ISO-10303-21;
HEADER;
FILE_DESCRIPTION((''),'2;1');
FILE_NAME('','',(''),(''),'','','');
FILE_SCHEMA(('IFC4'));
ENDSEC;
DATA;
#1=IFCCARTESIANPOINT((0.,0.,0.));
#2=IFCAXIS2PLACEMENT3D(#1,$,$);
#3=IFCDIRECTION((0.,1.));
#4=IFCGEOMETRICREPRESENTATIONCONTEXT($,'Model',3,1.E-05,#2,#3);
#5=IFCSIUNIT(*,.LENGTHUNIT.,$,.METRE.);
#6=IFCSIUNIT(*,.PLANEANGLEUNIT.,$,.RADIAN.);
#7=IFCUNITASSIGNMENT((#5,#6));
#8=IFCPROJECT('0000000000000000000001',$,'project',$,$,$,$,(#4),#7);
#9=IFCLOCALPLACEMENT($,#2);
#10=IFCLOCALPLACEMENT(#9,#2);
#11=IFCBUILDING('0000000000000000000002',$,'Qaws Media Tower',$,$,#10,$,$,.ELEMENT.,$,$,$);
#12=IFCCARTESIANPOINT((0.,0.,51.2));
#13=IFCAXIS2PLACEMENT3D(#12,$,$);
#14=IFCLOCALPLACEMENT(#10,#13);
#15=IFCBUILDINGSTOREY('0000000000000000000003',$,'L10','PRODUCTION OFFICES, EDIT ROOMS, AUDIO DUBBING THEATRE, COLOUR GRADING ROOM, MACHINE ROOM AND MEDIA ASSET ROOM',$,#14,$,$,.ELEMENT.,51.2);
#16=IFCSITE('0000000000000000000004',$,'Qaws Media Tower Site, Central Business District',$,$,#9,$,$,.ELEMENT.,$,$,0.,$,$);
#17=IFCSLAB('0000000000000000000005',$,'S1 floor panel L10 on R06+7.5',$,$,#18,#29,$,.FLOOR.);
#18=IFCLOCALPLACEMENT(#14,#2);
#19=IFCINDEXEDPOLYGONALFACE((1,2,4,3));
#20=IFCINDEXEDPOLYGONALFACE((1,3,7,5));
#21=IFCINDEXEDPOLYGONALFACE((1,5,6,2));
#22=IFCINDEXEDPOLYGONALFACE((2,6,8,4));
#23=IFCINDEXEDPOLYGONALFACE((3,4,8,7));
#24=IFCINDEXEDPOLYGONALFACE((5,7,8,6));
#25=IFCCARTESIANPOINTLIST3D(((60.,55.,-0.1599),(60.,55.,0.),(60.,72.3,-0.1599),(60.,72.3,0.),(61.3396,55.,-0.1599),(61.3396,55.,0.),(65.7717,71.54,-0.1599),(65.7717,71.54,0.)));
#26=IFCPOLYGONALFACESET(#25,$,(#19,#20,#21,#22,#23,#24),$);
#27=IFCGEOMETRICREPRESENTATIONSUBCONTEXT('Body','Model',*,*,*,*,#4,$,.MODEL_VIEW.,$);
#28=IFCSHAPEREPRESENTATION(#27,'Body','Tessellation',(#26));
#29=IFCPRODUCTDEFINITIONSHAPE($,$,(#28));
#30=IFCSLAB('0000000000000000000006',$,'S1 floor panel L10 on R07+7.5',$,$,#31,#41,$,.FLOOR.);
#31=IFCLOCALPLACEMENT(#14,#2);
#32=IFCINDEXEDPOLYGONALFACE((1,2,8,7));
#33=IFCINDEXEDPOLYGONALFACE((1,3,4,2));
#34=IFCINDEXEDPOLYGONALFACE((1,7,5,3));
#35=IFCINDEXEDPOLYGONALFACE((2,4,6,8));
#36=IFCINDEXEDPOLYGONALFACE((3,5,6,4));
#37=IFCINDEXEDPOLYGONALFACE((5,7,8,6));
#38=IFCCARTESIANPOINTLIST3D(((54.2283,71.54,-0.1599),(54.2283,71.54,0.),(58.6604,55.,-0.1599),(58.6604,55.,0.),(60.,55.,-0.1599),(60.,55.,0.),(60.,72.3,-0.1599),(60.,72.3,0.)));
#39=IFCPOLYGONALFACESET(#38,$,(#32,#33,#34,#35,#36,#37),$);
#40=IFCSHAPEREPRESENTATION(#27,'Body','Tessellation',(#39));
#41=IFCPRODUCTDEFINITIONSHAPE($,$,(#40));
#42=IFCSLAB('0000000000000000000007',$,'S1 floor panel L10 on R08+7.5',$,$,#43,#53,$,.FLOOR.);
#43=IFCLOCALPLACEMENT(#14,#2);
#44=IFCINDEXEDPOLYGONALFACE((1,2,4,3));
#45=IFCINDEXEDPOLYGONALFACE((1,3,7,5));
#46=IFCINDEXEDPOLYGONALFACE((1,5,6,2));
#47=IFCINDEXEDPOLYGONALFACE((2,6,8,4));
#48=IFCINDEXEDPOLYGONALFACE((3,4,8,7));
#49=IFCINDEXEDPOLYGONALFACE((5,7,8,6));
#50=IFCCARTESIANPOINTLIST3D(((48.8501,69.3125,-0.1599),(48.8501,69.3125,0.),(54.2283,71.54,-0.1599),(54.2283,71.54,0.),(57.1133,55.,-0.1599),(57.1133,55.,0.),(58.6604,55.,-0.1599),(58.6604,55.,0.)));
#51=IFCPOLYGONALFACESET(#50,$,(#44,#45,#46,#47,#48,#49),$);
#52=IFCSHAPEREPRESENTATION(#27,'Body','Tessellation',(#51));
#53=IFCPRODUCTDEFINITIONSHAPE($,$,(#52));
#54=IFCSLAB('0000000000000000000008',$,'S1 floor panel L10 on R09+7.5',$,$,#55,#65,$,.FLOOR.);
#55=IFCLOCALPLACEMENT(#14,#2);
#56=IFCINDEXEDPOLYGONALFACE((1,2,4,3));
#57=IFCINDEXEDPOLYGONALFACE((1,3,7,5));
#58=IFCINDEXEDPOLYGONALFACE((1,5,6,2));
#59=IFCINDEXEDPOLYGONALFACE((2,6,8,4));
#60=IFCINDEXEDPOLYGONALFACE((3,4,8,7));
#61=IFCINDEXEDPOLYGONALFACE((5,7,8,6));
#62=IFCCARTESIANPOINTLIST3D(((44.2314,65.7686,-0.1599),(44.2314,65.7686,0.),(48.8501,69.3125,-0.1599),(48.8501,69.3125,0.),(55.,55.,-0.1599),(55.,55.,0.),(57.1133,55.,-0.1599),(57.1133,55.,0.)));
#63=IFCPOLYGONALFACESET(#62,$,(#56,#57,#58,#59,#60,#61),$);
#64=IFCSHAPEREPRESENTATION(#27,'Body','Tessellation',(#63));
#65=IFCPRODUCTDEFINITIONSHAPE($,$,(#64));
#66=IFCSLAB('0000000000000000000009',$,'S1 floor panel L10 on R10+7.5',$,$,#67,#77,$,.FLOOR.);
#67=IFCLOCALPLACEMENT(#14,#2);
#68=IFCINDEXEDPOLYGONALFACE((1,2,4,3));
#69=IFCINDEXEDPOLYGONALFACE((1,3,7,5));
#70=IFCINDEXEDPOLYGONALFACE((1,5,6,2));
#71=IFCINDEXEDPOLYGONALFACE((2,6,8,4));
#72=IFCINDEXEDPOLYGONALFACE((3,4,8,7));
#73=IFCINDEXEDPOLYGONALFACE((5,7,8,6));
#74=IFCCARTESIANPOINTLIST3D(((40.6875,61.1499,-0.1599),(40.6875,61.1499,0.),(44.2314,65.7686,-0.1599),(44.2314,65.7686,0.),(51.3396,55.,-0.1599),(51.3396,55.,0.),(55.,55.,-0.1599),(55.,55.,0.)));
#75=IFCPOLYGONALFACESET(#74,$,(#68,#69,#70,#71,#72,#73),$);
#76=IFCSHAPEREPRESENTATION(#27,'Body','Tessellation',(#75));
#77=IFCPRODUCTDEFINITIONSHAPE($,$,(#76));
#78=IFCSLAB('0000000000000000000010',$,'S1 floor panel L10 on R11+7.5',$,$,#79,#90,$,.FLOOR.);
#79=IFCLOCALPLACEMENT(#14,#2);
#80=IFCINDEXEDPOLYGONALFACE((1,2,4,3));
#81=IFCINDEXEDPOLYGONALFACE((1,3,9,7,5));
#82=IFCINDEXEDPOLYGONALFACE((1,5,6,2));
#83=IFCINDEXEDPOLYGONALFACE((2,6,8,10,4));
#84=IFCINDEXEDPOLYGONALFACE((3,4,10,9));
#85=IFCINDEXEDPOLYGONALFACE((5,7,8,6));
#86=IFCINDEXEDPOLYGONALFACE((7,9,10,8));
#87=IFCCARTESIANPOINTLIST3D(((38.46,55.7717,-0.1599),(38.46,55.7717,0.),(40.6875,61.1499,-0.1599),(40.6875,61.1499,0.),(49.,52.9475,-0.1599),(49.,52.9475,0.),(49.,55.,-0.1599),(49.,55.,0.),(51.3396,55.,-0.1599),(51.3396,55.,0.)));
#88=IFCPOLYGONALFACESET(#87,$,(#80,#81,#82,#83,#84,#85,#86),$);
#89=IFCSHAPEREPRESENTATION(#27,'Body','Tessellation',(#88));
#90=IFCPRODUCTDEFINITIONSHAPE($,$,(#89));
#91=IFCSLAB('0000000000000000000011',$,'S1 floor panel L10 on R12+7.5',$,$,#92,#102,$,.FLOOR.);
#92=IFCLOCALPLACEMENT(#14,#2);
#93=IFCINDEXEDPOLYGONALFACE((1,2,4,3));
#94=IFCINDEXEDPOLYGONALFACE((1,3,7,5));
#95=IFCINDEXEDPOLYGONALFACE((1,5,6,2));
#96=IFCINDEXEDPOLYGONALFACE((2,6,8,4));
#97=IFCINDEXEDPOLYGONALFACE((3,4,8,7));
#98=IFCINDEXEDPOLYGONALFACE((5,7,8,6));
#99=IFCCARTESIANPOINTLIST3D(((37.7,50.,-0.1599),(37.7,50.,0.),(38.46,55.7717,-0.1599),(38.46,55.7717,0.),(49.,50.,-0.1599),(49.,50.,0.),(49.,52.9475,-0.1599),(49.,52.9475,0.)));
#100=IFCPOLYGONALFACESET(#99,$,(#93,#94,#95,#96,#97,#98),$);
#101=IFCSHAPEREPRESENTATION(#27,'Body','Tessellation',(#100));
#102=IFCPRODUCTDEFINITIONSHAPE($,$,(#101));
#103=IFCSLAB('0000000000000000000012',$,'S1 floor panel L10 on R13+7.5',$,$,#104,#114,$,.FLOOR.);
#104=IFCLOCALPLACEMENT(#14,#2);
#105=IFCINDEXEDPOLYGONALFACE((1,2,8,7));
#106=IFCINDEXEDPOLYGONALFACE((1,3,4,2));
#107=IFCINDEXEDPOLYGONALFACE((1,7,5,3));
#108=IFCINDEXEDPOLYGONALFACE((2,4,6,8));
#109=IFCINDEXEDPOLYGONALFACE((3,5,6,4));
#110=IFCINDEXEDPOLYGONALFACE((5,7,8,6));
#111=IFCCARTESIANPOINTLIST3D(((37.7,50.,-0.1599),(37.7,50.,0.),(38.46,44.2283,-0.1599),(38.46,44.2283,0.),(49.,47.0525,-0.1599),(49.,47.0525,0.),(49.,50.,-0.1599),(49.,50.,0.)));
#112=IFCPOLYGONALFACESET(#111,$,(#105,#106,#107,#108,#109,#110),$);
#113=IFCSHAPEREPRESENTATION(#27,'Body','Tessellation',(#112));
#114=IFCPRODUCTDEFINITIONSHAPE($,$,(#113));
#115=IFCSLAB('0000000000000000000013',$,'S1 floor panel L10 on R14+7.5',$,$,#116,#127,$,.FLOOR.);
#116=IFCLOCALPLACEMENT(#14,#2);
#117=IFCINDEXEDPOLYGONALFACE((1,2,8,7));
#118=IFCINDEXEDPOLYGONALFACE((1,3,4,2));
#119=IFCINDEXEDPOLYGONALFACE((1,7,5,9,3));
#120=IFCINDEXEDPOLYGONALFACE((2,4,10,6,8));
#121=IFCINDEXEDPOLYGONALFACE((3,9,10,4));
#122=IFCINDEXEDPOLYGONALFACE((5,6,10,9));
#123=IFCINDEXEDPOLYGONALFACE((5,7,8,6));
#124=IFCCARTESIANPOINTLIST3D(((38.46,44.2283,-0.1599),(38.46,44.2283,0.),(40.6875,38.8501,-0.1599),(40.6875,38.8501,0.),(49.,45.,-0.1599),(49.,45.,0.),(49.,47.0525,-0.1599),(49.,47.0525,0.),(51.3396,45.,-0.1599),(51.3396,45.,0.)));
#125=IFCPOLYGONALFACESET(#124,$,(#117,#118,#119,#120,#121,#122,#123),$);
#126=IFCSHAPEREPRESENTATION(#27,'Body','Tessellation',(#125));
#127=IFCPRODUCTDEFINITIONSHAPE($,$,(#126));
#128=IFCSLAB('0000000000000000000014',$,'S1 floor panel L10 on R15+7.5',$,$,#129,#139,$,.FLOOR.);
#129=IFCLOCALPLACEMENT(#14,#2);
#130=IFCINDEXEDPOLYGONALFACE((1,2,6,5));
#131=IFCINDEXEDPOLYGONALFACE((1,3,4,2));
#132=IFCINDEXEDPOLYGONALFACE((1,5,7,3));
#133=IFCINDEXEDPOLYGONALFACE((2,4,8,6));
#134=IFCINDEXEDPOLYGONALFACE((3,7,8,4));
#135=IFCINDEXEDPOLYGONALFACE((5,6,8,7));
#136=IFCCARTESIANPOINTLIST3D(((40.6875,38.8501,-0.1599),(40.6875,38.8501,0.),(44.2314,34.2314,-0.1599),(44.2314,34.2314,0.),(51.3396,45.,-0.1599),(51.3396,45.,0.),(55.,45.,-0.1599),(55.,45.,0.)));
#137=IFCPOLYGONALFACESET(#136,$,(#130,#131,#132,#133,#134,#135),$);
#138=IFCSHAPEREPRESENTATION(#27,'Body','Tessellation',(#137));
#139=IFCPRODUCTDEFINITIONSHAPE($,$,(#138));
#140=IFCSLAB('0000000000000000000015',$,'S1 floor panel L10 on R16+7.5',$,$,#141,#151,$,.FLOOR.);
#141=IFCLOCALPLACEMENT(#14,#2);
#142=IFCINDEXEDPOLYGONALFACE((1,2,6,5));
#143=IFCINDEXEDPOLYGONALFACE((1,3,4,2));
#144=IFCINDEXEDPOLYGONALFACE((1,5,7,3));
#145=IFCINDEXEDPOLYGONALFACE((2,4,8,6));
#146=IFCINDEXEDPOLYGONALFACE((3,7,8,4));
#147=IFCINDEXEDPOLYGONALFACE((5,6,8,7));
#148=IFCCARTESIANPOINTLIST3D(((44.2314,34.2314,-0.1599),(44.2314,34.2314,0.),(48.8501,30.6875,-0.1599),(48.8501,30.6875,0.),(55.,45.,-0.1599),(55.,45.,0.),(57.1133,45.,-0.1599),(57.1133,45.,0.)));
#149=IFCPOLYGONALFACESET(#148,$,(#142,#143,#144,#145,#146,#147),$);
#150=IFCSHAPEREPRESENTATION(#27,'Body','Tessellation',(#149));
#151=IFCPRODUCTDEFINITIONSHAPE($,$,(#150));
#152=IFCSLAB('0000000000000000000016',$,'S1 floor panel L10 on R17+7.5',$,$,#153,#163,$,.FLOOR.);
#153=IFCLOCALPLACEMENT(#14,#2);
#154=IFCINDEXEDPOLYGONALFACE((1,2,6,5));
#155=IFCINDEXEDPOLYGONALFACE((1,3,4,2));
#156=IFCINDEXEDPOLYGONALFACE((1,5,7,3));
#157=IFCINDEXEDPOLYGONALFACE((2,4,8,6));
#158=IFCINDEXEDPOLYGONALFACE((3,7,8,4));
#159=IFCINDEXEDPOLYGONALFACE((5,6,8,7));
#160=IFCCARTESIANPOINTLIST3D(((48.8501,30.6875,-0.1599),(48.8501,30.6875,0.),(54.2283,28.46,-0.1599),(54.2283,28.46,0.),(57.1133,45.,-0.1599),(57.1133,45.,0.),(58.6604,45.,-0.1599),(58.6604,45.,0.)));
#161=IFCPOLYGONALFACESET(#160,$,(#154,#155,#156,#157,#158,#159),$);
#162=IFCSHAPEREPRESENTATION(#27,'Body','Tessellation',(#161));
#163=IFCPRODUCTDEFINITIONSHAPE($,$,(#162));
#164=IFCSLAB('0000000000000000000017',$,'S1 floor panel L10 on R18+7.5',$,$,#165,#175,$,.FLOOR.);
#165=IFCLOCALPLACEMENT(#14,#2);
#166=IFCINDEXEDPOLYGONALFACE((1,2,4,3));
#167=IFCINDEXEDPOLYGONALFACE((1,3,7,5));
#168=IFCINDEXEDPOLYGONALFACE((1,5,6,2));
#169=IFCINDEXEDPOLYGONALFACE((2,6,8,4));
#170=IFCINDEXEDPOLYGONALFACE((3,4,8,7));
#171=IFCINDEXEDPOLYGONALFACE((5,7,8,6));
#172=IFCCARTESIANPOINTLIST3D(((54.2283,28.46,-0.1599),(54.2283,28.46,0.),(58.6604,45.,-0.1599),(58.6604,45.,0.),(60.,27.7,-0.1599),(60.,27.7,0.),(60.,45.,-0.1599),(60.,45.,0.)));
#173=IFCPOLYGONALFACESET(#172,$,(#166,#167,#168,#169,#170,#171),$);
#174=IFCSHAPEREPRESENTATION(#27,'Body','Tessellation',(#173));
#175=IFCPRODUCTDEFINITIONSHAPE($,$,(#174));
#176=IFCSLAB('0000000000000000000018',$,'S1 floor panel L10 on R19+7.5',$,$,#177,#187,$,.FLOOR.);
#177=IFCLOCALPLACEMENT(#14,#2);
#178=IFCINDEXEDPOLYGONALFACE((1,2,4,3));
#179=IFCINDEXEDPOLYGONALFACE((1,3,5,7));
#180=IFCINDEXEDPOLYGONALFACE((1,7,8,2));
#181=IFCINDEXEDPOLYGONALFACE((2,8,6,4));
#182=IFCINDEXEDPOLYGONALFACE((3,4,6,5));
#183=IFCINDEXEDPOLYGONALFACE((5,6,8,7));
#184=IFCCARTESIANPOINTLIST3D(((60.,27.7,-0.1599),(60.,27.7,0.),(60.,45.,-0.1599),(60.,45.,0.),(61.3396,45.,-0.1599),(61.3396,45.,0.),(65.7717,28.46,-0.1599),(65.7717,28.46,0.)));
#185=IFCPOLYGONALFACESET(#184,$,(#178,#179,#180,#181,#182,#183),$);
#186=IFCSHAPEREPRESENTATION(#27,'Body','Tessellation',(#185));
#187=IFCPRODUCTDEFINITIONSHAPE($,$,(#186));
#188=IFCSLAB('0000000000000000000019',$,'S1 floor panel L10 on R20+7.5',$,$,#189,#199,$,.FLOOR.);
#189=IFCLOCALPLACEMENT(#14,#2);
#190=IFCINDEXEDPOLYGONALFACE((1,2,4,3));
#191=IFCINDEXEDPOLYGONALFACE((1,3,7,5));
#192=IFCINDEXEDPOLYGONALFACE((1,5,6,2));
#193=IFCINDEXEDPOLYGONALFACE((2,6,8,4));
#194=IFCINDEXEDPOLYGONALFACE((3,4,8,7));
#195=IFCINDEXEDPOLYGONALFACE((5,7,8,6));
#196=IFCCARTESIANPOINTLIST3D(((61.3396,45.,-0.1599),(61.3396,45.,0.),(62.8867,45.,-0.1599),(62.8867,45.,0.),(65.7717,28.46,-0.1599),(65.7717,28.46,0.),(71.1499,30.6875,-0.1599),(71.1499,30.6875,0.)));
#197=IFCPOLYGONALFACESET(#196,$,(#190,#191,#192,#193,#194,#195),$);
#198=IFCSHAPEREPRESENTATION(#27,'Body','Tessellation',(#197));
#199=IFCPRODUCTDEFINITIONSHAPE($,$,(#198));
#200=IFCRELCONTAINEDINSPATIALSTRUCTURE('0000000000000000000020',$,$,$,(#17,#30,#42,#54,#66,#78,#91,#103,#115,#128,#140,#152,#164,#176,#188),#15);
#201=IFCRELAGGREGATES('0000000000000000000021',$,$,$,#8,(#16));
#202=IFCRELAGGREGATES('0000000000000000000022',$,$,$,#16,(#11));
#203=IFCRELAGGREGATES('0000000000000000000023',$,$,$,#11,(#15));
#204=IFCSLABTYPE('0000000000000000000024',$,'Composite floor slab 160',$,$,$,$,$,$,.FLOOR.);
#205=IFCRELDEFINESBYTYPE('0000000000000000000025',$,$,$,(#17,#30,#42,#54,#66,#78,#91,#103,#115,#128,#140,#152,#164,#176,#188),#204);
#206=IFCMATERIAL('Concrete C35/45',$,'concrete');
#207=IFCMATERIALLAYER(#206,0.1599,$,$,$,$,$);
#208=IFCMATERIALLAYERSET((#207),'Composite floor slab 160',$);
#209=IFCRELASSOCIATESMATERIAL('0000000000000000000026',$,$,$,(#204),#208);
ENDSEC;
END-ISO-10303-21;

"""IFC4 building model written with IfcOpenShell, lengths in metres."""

from ifc_helpers import new_model, si_unit, direction, frame, origin, place, context, subcontext, project, spatial, polyline, outline, extrude, material, layer, layer_set, type_object, element, save


model = new_model("IFC4")

# Units and contexts
model_context = context("Model", 3, precision=1e-05, world=origin(), true_north=direction((0.0, 1.0)))
body_context = subcontext(model_context, "Body", "Model", "MODEL_VIEW")
ifc_project = project(units=[si_unit("LENGTHUNIT", "METRE"), si_unit("PLANEANGLEUNIT", "RADIAN")], contexts=[model_context])

# Site, building, storey
site_placement = place(None, origin())
site = spatial("IfcSite", under=ifc_project, at=site_placement, Name="Qaws Media Tower Site, Central Business District", CompositionType="ELEMENT", RefElevation=0.0)
building_placement = place(site_placement, origin())
building = spatial("IfcBuilding", under=site, at=building_placement, Name="Qaws Media Tower", CompositionType="ELEMENT")
storey_placement = place(building_placement, frame((0.0, 0.0, 51.2)))
storey = spatial("IfcBuildingStorey", under=building, at=storey_placement, Name="L10", Description="PRODUCTION OFFICES, EDIT ROOMS, AUDIO DUBBING THEATRE, COLOUR GRADING ROOM, MACHINE ROOM AND MEDIA ASSET ROOM", CompositionType="ELEMENT", Elevation=51.2)

# Slabs
ifc_material_1 = material(Name="Concrete C35/45", Category="concrete")
ifc_layer_1 = layer(ifc_material_1, 0.1599)
ifc_layer_set_1 = layer_set([ifc_layer_1], Name="Composite floor slab 160")
slab_type_1 = type_object("IfcSlabType", Name="Composite floor slab 160", PredefinedType="FLOOR", material=ifc_layer_set_1)
slab_1_placement = place(storey_placement, frame((0.0, 0.0, -0.1599)))
element("IfcSlab", 1, at=slab_1_placement, inside=storey, type_object=slab_type_1, Name="S1 floor panel L10 on R06+7.5", PredefinedType="FLOOR", context=body_context, shape_type="SweptSolid", body=[
    extrude(outline(polyline([(65.7717, 71.54), (61.3396, 55.0), (60.0, 55.0), (60.0, 72.3), (65.7717, 71.54)])), origin(), (0.0, 0.0, 1.0), 0.1599),
])
slab_2_placement = place(storey_placement, frame((0.0, 0.0, -0.1599)))
element("IfcSlab", 2, at=slab_2_placement, inside=storey, type_object=slab_type_1, Name="S1 floor panel L10 on R07+7.5", PredefinedType="FLOOR", context=body_context, shape_type="SweptSolid", body=[
    extrude(outline(polyline([(60.0, 72.3), (60.0, 55.0), (58.6604, 55.0), (54.2283, 71.54), (60.0, 72.3)])), origin(), (0.0, 0.0, 1.0), 0.1599),
])
slab_3_placement = place(storey_placement, frame((0.0, 0.0, -0.1599)))
element("IfcSlab", 3, at=slab_3_placement, inside=storey, type_object=slab_type_1, Name="S1 floor panel L10 on R08+7.5", PredefinedType="FLOOR", context=body_context, shape_type="SweptSolid", body=[
    extrude(outline(polyline([(48.8501, 69.3125), (54.2283, 71.54), (58.6604, 55.0), (57.1133, 55.0), (48.8501, 69.3125)])), origin(), (0.0, 0.0, 1.0), 0.1599),
])
slab_4_placement = place(storey_placement, frame((0.0, 0.0, -0.1599)))
element("IfcSlab", 4, at=slab_4_placement, inside=storey, type_object=slab_type_1, Name="S1 floor panel L10 on R09+7.5", PredefinedType="FLOOR", context=body_context, shape_type="SweptSolid", body=[
    extrude(outline(polyline([(48.8501, 69.3125), (57.1133, 55.0), (55.0, 55.0), (44.2314, 65.7686), (48.8501, 69.3125)])), origin(), (0.0, 0.0, 1.0), 0.1599),
])
slab_5_placement = place(storey_placement, frame((0.0, 0.0, -0.1599)))
element("IfcSlab", 5, at=slab_5_placement, inside=storey, type_object=slab_type_1, Name="S1 floor panel L10 on R10+7.5", PredefinedType="FLOOR", context=body_context, shape_type="SweptSolid", body=[
    extrude(outline(polyline([(40.6875, 61.1499), (44.2314, 65.7686), (55.0, 55.0), (51.3396, 55.0), (40.6875, 61.1499)])), origin(), (0.0, 0.0, 1.0), 0.1599),
])
slab_6_placement = place(storey_placement, frame((0.0, 0.0, -0.1599)))
element("IfcSlab", 6, at=slab_6_placement, inside=storey, type_object=slab_type_1, Name="S1 floor panel L10 on R11+7.5", PredefinedType="FLOOR", context=body_context, shape_type="SweptSolid", body=[
    extrude(outline(polyline([(38.46, 55.7717), (40.6875, 61.1499), (51.3396, 55.0), (49.0, 55.0), (49.0, 52.9475), (38.46, 55.7717)])), origin(), (0.0, 0.0, 1.0), 0.1599),
])
slab_7_placement = place(storey_placement, frame((0.0, 0.0, -0.1599)))
element("IfcSlab", 7, at=slab_7_placement, inside=storey, type_object=slab_type_1, Name="S1 floor panel L10 on R12+7.5", PredefinedType="FLOOR", context=body_context, shape_type="SweptSolid", body=[
    extrude(outline(polyline([(38.46, 55.7717), (49.0, 52.9475), (49.0, 50.0), (37.7, 50.0), (38.46, 55.7717)])), origin(), (0.0, 0.0, 1.0), 0.1599),
])
slab_8_placement = place(storey_placement, frame((0.0, 0.0, -0.1599)))
element("IfcSlab", 8, at=slab_8_placement, inside=storey, type_object=slab_type_1, Name="S1 floor panel L10 on R13+7.5", PredefinedType="FLOOR", context=body_context, shape_type="SweptSolid", body=[
    extrude(outline(polyline([(37.7, 50.0), (49.0, 50.0), (49.0, 47.0525), (38.46, 44.2283), (37.7, 50.0)])), origin(), (0.0, 0.0, 1.0), 0.1599),
])
slab_9_placement = place(storey_placement, frame((0.0, 0.0, -0.1599)))
element("IfcSlab", 9, at=slab_9_placement, inside=storey, type_object=slab_type_1, Name="S1 floor panel L10 on R14+7.5", PredefinedType="FLOOR", context=body_context, shape_type="SweptSolid", body=[
    extrude(outline(polyline([(40.6875, 38.8501), (38.46, 44.2283), (49.0, 47.0525), (49.0, 45.0), (51.3396, 45.0), (40.6875, 38.8501)])), origin(), (0.0, 0.0, 1.0), 0.1599),
])
slab_10_placement = place(storey_placement, frame((0.0, 0.0, -0.1599)))
element("IfcSlab", 10, at=slab_10_placement, inside=storey, type_object=slab_type_1, Name="S1 floor panel L10 on R15+7.5", PredefinedType="FLOOR", context=body_context, shape_type="SweptSolid", body=[
    extrude(outline(polyline([(40.6875, 38.8501), (51.3396, 45.0), (55.0, 45.0), (44.2314, 34.2314), (40.6875, 38.8501)])), origin(), (0.0, 0.0, 1.0), 0.1599),
])
slab_11_placement = place(storey_placement, frame((0.0, 0.0, -0.1599)))
element("IfcSlab", 11, at=slab_11_placement, inside=storey, type_object=slab_type_1, Name="S1 floor panel L10 on R16+7.5", PredefinedType="FLOOR", context=body_context, shape_type="SweptSolid", body=[
    extrude(outline(polyline([(44.2314, 34.2314), (55.0, 45.0), (57.1133, 45.0), (48.8501, 30.6875), (44.2314, 34.2314)])), origin(), (0.0, 0.0, 1.0), 0.1599),
])
slab_12_placement = place(storey_placement, frame((0.0, 0.0, -0.1599)))
element("IfcSlab", 12, at=slab_12_placement, inside=storey, type_object=slab_type_1, Name="S1 floor panel L10 on R17+7.5", PredefinedType="FLOOR", context=body_context, shape_type="SweptSolid", body=[
    extrude(outline(polyline([(54.2283, 28.46), (48.8501, 30.6875), (57.1133, 45.0), (58.6604, 45.0), (54.2283, 28.46)])), origin(), (0.0, 0.0, 1.0), 0.1599),
])
slab_13_placement = place(storey_placement, frame((0.0, 0.0, -0.1599)))
element("IfcSlab", 13, at=slab_13_placement, inside=storey, type_object=slab_type_1, Name="S1 floor panel L10 on R18+7.5", PredefinedType="FLOOR", context=body_context, shape_type="SweptSolid", body=[
    extrude(outline(polyline([(54.2283, 28.46), (58.6604, 45.0), (60.0, 45.0), (60.0, 27.7), (54.2283, 28.46)])), origin(), (0.0, 0.0, 1.0), 0.1599),
])
slab_14_placement = place(storey_placement, frame((0.0, 0.0, -0.1599)))
element("IfcSlab", 14, at=slab_14_placement, inside=storey, type_object=slab_type_1, Name="S1 floor panel L10 on R19+7.5", PredefinedType="FLOOR", context=body_context, shape_type="SweptSolid", body=[
    extrude(outline(polyline([(60.0, 27.7), (60.0, 45.0), (61.3396, 45.0), (65.7717, 28.46), (60.0, 27.7)])), origin(), (0.0, 0.0, 1.0), 0.1599),
])
slab_15_placement = place(storey_placement, frame((0.0, 0.0, -0.1599)))
element("IfcSlab", 15, at=slab_15_placement, inside=storey, type_object=slab_type_1, Name="S1 floor panel L10 on R20+7.5", PredefinedType="FLOOR", context=body_context, shape_type="SweptSolid", body=[
    extrude(outline(polyline([(71.1499, 30.6875), (65.7717, 28.46), (61.3396, 45.0), (62.8867, 45.0), (71.1499, 30.6875)])), origin(), (0.0, 0.0, 1.0), 0.1599),
])

save(model, "model.ifc")
